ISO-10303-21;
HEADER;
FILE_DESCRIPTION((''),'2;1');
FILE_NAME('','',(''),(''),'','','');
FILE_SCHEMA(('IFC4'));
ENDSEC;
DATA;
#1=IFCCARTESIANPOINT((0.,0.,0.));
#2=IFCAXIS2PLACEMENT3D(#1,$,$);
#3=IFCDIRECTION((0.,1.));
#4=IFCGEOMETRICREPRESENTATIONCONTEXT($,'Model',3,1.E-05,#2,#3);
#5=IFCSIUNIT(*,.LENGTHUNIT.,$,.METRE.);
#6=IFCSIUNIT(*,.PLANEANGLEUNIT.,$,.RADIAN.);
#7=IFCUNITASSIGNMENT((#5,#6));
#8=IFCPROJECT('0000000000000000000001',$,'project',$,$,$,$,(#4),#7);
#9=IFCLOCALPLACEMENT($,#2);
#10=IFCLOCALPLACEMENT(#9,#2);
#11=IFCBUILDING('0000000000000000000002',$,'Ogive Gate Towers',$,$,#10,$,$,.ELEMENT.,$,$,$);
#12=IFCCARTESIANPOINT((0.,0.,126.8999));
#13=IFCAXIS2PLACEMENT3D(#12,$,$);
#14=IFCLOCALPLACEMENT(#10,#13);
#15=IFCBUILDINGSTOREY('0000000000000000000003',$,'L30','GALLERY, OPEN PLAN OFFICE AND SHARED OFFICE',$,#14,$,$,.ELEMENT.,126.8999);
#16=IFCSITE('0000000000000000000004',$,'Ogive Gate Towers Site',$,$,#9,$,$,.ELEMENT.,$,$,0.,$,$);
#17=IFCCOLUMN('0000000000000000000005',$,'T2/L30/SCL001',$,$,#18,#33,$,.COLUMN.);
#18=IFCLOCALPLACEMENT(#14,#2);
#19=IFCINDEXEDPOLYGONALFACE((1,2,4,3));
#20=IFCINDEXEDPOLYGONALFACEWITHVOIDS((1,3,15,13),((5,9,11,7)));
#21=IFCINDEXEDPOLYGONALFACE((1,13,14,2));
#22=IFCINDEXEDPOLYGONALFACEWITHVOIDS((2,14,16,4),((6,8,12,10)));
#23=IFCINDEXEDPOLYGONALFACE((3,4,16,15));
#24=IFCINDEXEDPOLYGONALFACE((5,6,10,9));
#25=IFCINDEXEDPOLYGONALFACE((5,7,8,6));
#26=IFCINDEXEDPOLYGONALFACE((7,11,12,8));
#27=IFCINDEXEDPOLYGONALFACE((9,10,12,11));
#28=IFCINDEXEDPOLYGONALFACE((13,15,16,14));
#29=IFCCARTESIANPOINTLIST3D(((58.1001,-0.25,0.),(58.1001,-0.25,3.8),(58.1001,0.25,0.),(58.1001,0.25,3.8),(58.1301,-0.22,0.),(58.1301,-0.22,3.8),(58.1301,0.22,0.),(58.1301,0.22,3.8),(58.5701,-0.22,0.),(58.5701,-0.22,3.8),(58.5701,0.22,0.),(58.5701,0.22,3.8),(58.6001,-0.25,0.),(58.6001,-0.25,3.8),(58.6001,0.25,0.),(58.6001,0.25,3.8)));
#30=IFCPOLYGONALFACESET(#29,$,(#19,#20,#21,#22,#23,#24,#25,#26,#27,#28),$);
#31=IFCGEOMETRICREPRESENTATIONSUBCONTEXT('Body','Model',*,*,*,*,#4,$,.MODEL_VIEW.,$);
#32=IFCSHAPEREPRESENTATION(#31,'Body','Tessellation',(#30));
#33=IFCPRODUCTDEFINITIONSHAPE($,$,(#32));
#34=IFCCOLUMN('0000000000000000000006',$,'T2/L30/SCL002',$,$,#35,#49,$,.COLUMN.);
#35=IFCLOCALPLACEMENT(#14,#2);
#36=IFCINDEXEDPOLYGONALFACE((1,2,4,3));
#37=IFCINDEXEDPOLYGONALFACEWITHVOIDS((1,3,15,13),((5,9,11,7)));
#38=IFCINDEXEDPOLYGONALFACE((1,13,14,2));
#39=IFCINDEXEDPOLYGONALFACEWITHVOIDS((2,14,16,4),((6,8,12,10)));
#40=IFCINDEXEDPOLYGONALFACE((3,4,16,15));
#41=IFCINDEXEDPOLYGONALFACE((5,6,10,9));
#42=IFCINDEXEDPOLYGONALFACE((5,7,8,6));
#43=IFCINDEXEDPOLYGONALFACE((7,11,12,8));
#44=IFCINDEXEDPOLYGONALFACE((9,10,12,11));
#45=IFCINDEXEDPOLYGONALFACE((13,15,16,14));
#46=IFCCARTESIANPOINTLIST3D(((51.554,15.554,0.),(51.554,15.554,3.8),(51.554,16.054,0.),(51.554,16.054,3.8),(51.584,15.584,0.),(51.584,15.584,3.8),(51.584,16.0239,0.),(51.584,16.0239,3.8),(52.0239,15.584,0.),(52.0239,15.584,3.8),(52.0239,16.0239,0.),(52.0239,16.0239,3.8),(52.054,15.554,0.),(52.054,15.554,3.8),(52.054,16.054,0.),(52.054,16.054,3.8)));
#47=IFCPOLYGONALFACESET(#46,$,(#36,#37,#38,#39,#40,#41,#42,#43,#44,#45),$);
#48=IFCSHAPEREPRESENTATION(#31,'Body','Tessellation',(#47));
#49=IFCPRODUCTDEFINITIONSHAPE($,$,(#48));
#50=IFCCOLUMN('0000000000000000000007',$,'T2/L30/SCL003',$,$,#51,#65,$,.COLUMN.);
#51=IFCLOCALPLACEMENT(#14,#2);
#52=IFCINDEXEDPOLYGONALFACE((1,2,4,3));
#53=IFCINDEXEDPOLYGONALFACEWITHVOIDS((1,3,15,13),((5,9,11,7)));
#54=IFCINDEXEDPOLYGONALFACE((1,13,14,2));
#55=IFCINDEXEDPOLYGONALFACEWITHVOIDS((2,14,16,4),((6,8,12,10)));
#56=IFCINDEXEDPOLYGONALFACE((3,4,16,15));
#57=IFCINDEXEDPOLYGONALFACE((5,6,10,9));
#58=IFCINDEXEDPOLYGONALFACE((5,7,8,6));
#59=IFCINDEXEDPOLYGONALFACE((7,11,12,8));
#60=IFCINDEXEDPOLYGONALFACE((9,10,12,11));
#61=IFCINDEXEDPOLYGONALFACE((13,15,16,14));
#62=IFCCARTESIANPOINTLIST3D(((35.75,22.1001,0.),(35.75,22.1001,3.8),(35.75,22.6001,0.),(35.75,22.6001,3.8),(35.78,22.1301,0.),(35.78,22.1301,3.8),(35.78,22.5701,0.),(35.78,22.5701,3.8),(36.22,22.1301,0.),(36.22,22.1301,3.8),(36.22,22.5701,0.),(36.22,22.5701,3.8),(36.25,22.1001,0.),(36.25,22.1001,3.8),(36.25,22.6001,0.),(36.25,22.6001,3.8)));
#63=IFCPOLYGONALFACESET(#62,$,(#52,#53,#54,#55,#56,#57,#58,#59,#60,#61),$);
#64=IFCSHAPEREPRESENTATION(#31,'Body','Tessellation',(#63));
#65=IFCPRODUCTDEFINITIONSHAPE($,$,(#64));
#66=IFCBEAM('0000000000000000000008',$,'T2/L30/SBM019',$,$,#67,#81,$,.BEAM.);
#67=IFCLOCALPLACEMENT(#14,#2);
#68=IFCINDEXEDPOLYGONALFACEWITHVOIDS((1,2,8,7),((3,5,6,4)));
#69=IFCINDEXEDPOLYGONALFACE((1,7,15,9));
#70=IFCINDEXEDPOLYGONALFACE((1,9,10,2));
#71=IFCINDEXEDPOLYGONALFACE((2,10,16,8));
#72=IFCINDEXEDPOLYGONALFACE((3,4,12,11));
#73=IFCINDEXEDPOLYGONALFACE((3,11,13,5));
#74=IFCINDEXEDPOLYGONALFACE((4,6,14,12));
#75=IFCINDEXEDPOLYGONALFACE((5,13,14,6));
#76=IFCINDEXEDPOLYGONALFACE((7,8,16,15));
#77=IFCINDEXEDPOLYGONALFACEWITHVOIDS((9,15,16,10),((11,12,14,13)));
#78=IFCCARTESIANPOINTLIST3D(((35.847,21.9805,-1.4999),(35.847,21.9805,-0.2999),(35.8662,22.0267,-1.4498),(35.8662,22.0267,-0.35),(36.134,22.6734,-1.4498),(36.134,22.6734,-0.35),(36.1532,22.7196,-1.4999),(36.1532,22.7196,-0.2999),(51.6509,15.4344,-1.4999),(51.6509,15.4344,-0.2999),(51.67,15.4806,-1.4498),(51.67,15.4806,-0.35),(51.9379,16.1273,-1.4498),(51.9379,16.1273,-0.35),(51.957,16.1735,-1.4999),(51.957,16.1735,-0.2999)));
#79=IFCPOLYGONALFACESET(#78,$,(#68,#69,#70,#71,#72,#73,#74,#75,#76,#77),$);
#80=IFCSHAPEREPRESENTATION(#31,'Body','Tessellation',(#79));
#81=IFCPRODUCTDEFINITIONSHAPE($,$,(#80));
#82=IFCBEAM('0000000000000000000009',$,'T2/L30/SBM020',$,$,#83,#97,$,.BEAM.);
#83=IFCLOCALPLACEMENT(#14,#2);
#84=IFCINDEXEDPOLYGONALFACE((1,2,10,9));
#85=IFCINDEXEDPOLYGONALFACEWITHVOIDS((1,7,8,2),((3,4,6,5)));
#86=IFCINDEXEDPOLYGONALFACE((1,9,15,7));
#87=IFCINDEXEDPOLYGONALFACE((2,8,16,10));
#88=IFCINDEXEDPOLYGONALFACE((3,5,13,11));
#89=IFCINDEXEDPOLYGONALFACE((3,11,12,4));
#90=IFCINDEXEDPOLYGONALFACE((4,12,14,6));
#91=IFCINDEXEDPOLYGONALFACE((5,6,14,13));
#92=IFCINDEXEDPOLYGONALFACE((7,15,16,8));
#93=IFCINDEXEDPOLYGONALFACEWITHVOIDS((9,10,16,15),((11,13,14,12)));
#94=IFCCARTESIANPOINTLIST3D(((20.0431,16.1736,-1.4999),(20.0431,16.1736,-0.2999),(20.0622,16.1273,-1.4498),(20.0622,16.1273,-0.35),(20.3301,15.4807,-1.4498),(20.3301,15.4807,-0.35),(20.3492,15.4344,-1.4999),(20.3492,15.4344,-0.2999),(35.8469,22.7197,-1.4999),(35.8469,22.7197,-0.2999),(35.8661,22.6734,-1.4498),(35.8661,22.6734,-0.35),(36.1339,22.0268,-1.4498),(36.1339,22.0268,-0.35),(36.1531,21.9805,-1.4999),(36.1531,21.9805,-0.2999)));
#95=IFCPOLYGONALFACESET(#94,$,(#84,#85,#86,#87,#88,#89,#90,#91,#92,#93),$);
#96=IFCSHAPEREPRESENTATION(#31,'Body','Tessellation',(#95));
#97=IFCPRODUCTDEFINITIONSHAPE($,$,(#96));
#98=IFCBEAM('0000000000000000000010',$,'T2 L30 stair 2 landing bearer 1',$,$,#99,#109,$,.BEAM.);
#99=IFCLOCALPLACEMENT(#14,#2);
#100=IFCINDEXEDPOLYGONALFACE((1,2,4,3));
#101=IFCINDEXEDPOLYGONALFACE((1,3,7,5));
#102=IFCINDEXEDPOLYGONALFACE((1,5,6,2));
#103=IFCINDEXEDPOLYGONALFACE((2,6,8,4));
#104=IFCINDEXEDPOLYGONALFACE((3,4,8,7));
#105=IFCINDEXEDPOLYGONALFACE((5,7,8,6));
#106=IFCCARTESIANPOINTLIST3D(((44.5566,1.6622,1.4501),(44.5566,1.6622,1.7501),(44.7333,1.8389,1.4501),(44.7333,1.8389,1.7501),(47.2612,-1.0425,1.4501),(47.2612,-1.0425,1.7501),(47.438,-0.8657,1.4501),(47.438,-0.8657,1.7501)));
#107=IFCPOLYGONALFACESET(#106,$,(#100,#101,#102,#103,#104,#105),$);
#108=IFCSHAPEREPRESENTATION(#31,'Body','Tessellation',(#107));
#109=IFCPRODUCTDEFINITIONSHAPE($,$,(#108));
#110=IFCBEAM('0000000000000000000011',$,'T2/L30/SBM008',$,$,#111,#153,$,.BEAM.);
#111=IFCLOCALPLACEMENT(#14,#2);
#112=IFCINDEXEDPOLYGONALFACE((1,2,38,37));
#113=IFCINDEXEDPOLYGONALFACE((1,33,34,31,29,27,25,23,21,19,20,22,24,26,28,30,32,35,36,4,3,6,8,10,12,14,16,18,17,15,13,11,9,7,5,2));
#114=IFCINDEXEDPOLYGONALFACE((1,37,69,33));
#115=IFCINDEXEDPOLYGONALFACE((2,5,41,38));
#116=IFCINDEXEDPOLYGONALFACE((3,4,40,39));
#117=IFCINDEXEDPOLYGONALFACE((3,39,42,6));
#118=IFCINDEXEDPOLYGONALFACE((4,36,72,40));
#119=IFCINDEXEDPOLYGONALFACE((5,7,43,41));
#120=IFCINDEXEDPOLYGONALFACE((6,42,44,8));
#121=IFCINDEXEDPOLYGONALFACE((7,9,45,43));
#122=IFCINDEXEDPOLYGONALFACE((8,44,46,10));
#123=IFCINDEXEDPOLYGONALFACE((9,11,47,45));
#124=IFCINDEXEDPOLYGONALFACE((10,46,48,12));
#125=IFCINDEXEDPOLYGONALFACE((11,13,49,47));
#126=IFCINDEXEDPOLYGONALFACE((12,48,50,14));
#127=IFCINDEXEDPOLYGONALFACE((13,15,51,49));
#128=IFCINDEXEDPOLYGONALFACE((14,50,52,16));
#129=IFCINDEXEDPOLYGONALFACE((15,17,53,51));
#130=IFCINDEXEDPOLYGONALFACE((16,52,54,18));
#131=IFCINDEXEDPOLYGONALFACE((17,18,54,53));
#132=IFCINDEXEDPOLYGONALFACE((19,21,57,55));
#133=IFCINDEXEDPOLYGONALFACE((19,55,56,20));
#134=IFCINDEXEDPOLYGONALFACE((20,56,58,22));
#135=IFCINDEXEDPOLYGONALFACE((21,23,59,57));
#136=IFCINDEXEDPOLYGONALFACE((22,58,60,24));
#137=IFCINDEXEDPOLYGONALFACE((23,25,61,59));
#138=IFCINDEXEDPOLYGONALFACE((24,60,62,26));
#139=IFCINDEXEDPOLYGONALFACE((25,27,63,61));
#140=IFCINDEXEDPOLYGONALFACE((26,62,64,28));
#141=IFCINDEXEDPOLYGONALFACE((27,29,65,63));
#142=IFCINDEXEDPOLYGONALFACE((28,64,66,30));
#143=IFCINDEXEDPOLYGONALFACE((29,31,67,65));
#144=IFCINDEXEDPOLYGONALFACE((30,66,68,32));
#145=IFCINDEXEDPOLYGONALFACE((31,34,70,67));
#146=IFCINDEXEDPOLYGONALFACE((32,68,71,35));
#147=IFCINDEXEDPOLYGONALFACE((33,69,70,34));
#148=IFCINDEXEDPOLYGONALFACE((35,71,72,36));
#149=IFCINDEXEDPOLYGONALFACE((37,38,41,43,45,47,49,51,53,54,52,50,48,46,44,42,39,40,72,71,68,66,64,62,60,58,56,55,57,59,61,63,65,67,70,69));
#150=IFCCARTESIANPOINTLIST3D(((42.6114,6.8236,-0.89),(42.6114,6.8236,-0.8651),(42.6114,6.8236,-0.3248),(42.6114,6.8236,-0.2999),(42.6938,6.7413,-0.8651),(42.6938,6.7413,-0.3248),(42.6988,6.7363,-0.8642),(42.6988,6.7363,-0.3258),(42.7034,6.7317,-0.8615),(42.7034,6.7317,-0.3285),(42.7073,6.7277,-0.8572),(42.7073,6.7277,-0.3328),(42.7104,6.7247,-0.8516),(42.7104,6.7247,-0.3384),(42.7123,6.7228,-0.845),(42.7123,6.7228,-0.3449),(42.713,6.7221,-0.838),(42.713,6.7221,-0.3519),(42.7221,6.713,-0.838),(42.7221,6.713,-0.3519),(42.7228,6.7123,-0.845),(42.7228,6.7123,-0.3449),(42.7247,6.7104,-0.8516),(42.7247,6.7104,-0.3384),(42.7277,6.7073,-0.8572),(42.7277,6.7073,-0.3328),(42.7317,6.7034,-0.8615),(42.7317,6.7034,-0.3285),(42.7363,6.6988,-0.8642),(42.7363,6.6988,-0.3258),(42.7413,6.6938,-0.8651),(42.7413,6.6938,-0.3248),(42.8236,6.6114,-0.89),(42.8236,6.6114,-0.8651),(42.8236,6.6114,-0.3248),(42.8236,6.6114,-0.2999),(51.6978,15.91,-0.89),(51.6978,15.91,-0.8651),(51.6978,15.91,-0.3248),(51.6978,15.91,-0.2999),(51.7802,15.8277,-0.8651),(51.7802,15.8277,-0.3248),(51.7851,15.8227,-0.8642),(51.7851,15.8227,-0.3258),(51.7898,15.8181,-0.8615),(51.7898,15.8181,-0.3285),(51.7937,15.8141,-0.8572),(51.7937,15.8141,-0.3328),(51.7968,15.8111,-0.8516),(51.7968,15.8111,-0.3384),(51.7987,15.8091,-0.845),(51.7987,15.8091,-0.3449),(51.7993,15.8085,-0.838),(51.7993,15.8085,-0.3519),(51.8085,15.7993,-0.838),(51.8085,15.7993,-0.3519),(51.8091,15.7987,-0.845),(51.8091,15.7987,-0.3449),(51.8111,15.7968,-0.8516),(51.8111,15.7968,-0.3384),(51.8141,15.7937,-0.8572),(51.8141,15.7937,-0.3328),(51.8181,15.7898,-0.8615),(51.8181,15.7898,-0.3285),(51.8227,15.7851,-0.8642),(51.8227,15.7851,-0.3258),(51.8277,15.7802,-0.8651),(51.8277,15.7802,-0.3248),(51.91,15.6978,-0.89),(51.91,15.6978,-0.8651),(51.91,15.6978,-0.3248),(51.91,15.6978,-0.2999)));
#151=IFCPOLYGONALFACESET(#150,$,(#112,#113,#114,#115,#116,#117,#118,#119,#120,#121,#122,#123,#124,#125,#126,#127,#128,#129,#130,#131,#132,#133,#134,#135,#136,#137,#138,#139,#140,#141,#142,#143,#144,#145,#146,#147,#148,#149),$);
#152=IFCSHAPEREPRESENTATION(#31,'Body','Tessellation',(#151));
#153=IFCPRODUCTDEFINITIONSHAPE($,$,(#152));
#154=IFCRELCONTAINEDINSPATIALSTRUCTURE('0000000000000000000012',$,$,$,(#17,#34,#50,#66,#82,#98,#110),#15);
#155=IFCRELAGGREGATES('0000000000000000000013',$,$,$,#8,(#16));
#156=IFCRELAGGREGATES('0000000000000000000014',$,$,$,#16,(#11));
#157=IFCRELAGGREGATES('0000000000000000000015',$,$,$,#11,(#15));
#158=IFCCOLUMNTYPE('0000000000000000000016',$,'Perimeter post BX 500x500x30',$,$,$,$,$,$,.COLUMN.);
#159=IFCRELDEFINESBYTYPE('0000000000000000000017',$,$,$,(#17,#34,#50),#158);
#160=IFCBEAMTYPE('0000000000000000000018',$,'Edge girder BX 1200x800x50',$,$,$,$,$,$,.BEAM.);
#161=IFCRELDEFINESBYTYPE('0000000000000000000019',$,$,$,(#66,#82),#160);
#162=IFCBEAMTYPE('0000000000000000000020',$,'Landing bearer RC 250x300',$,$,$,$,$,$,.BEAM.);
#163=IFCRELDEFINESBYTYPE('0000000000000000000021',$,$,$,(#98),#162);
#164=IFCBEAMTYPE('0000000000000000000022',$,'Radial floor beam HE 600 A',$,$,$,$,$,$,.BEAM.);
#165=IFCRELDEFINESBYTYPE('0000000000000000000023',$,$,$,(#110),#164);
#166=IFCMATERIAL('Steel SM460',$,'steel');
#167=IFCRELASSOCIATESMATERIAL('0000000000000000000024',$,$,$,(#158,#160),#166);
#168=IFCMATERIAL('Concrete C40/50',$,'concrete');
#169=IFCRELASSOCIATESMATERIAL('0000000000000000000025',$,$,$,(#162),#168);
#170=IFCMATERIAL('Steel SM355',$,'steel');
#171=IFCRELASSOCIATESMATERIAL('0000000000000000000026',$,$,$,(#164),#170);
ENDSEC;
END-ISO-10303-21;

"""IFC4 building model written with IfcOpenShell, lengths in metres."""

from ifc_helpers import new_model, si_unit, direction, frame, origin, origin_2d, place, context, subcontext, project, spatial, rectangle, hollow_rectangle, i_section, extrude, material, material_profile, profile_set, type_object, element, save


model = new_model("IFC4")

# Units and contexts
model_context = context("Model", 3, precision=1e-05, world=origin(), true_north=direction((0.0, 1.0)))
body_context = subcontext(model_context, "Body", "Model", "MODEL_VIEW")
ifc_project = project(units=[si_unit("LENGTHUNIT", "METRE"), si_unit("PLANEANGLEUNIT", "RADIAN")], contexts=[model_context])

# Site, building, storey
site_placement = place(None, origin())
site = spatial("IfcSite", under=ifc_project, at=site_placement, Name="Ogive Gate Towers Site", CompositionType="ELEMENT", RefElevation=0.0)
building_placement = place(site_placement, origin())
building = spatial("IfcBuilding", under=site, at=building_placement, Name="Ogive Gate Towers", CompositionType="ELEMENT")
storey_placement = place(building_placement, frame((0.0, 0.0, 126.8999)))
storey = spatial("IfcBuildingStorey", under=building, at=storey_placement, Name="L30", Description="GALLERY, OPEN PLAN OFFICE AND SHARED OFFICE", CompositionType="ELEMENT", Elevation=126.8999)

# Columns
ifc_material_1 = material(Name="Steel SM460", Category="steel")
ifc_material_profile_1 = material_profile(ifc_material_1, hollow_rectangle(XDim=0.5, YDim=0.5, WallThickness=0.03, at=origin_2d()), Name="BX 500x500x30")
ifc_profile_set_1 = profile_set([ifc_material_profile_1], Name="Steel SM460")
column_type = type_object("IfcColumnType", Name="Perimeter post BX 500x500x30", PredefinedType="COLUMN", material=ifc_profile_set_1)
for number, where, z_axis, x_axis, name in (
    (1, (58.3501, 0.0, 0.0), (0.0, 0.0, 1.0), (1.0, 0.0, 0.0), "T2/L30/SCL001"),
    (2, (51.804, 15.804, 0.0), (0.0, 0.0, 1.0), (1.0, 0.0, 0.0), "T2/L30/SCL002"),
    (3, (36.0, 22.3501, 0.0), (0.0, 0.0, 1.0), (1.0, 0.0, 0.0), "T2/L30/SCL003"),
):
    element("IfcColumn", number, at=place(storey_placement, frame(where, z_axis=z_axis, x_axis=x_axis)), inside=storey, type_object=column_type, Name=name, PredefinedType="COLUMN", context=body_context, shape_type="SweptSolid", body=[
        extrude(hollow_rectangle(XDim=0.5, YDim=0.5, WallThickness=0.03, at=origin_2d()), origin(), (0.0, 0.0, 1.0), 3.8),
    ])

# Beams
ifc_material_profile_2 = material_profile(ifc_material_1, hollow_rectangle(XDim=0.8, YDim=1.2, WallThickness=0.05, at=origin_2d()), Name="BX 1200x800x50")
ifc_profile_set_2 = profile_set([ifc_material_profile_2], Name="Steel SM460")
beam_type_1 = type_object("IfcBeamType", Name="Edge girder BX 1200x800x50", PredefinedType="BEAM", material=ifc_profile_set_2)
for number, where, z_axis, x_axis, name in (
    (4, (51.804, 15.804, -0.8999), (-0.923881, 0.38268, 0.0), (-0.38268, -0.923881, 0.0), "T2/L30/SBM019"),
    (5, (36.0, 22.3501, -0.8999), (-0.923881, -0.38268, 0.0), (0.38268, -0.923881, 0.0), "T2/L30/SBM020"),
):
    element("IfcBeam", number, at=place(storey_placement, frame(where, z_axis=z_axis, x_axis=x_axis)), inside=storey, type_object=beam_type_1, Name=name, PredefinedType="BEAM", context=body_context, shape_type="SweptSolid", body=[
        extrude(hollow_rectangle(XDim=0.8, YDim=1.2, WallThickness=0.05, at=origin_2d()), origin(), (0.0, 0.0, 1.0), 17.106),
    ])
ifc_material_2 = material(Name="Concrete C40/50", Category="concrete")
ifc_material_profile_3 = material_profile(ifc_material_2, rectangle(XDim=0.25, YDim=0.3, at=origin_2d()), Name="RC 250x300")
ifc_profile_set_3 = profile_set([ifc_material_profile_3], Name="Concrete C40/50")
beam_type_2 = type_object("IfcBeamType", Name="Landing bearer RC 250x300", PredefinedType="BEAM", material=ifc_profile_set_3)
beam_1_placement = place(storey_placement, frame((47.3496, -0.9541, 1.6001), z_axis=(-0.707107, 0.707107, 0.0), x_axis=(-0.707107, -0.707107, 0.0)))
element("IfcBeam", 6, at=beam_1_placement, inside=storey, type_object=beam_type_2, Name="T2 L30 stair 2 landing bearer 1", PredefinedType="BEAM", context=body_context, shape_type="SweptSolid", body=[
    extrude(rectangle(XDim=0.25, YDim=0.3, at=origin_2d()), origin(), (0.0, 0.0, 1.0), 3.825),
])
ifc_material_3 = material(Name="Steel SM355", Category="steel")
ifc_material_profile_4 = material_profile(ifc_material_3, i_section(OverallWidth=0.3, OverallDepth=0.5901, WebThickness=0.0129, FlangeThickness=0.0249, FilletRadius=0.0271, at=origin_2d()), Name="HE 600 A")
ifc_profile_set_4 = profile_set([ifc_material_profile_4], Name="Steel SM355")
beam_type_3 = type_object("IfcBeamType", Name="Radial floor beam HE 600 A", PredefinedType="BEAM", material=ifc_profile_set_4)
beam_2_placement = place(storey_placement, frame((42.7175, 6.7175, -0.595), z_axis=(0.707107, 0.707107, 0.0), x_axis=(-0.707107, 0.707107, 0.0)))
element("IfcBeam", 7, at=beam_2_placement, inside=storey, type_object=beam_type_3, Name="T2/L30/SBM008", PredefinedType="BEAM", context=body_context, shape_type="SweptSolid", body=[
    extrude(i_section(OverallWidth=0.3, OverallDepth=0.5901, WebThickness=0.0129, FlangeThickness=0.0249, FilletRadius=0.0271, at=origin_2d()), origin(), (0.0, 0.0, 1.0), 12.8501),
])

save(model, "model.ifc")
